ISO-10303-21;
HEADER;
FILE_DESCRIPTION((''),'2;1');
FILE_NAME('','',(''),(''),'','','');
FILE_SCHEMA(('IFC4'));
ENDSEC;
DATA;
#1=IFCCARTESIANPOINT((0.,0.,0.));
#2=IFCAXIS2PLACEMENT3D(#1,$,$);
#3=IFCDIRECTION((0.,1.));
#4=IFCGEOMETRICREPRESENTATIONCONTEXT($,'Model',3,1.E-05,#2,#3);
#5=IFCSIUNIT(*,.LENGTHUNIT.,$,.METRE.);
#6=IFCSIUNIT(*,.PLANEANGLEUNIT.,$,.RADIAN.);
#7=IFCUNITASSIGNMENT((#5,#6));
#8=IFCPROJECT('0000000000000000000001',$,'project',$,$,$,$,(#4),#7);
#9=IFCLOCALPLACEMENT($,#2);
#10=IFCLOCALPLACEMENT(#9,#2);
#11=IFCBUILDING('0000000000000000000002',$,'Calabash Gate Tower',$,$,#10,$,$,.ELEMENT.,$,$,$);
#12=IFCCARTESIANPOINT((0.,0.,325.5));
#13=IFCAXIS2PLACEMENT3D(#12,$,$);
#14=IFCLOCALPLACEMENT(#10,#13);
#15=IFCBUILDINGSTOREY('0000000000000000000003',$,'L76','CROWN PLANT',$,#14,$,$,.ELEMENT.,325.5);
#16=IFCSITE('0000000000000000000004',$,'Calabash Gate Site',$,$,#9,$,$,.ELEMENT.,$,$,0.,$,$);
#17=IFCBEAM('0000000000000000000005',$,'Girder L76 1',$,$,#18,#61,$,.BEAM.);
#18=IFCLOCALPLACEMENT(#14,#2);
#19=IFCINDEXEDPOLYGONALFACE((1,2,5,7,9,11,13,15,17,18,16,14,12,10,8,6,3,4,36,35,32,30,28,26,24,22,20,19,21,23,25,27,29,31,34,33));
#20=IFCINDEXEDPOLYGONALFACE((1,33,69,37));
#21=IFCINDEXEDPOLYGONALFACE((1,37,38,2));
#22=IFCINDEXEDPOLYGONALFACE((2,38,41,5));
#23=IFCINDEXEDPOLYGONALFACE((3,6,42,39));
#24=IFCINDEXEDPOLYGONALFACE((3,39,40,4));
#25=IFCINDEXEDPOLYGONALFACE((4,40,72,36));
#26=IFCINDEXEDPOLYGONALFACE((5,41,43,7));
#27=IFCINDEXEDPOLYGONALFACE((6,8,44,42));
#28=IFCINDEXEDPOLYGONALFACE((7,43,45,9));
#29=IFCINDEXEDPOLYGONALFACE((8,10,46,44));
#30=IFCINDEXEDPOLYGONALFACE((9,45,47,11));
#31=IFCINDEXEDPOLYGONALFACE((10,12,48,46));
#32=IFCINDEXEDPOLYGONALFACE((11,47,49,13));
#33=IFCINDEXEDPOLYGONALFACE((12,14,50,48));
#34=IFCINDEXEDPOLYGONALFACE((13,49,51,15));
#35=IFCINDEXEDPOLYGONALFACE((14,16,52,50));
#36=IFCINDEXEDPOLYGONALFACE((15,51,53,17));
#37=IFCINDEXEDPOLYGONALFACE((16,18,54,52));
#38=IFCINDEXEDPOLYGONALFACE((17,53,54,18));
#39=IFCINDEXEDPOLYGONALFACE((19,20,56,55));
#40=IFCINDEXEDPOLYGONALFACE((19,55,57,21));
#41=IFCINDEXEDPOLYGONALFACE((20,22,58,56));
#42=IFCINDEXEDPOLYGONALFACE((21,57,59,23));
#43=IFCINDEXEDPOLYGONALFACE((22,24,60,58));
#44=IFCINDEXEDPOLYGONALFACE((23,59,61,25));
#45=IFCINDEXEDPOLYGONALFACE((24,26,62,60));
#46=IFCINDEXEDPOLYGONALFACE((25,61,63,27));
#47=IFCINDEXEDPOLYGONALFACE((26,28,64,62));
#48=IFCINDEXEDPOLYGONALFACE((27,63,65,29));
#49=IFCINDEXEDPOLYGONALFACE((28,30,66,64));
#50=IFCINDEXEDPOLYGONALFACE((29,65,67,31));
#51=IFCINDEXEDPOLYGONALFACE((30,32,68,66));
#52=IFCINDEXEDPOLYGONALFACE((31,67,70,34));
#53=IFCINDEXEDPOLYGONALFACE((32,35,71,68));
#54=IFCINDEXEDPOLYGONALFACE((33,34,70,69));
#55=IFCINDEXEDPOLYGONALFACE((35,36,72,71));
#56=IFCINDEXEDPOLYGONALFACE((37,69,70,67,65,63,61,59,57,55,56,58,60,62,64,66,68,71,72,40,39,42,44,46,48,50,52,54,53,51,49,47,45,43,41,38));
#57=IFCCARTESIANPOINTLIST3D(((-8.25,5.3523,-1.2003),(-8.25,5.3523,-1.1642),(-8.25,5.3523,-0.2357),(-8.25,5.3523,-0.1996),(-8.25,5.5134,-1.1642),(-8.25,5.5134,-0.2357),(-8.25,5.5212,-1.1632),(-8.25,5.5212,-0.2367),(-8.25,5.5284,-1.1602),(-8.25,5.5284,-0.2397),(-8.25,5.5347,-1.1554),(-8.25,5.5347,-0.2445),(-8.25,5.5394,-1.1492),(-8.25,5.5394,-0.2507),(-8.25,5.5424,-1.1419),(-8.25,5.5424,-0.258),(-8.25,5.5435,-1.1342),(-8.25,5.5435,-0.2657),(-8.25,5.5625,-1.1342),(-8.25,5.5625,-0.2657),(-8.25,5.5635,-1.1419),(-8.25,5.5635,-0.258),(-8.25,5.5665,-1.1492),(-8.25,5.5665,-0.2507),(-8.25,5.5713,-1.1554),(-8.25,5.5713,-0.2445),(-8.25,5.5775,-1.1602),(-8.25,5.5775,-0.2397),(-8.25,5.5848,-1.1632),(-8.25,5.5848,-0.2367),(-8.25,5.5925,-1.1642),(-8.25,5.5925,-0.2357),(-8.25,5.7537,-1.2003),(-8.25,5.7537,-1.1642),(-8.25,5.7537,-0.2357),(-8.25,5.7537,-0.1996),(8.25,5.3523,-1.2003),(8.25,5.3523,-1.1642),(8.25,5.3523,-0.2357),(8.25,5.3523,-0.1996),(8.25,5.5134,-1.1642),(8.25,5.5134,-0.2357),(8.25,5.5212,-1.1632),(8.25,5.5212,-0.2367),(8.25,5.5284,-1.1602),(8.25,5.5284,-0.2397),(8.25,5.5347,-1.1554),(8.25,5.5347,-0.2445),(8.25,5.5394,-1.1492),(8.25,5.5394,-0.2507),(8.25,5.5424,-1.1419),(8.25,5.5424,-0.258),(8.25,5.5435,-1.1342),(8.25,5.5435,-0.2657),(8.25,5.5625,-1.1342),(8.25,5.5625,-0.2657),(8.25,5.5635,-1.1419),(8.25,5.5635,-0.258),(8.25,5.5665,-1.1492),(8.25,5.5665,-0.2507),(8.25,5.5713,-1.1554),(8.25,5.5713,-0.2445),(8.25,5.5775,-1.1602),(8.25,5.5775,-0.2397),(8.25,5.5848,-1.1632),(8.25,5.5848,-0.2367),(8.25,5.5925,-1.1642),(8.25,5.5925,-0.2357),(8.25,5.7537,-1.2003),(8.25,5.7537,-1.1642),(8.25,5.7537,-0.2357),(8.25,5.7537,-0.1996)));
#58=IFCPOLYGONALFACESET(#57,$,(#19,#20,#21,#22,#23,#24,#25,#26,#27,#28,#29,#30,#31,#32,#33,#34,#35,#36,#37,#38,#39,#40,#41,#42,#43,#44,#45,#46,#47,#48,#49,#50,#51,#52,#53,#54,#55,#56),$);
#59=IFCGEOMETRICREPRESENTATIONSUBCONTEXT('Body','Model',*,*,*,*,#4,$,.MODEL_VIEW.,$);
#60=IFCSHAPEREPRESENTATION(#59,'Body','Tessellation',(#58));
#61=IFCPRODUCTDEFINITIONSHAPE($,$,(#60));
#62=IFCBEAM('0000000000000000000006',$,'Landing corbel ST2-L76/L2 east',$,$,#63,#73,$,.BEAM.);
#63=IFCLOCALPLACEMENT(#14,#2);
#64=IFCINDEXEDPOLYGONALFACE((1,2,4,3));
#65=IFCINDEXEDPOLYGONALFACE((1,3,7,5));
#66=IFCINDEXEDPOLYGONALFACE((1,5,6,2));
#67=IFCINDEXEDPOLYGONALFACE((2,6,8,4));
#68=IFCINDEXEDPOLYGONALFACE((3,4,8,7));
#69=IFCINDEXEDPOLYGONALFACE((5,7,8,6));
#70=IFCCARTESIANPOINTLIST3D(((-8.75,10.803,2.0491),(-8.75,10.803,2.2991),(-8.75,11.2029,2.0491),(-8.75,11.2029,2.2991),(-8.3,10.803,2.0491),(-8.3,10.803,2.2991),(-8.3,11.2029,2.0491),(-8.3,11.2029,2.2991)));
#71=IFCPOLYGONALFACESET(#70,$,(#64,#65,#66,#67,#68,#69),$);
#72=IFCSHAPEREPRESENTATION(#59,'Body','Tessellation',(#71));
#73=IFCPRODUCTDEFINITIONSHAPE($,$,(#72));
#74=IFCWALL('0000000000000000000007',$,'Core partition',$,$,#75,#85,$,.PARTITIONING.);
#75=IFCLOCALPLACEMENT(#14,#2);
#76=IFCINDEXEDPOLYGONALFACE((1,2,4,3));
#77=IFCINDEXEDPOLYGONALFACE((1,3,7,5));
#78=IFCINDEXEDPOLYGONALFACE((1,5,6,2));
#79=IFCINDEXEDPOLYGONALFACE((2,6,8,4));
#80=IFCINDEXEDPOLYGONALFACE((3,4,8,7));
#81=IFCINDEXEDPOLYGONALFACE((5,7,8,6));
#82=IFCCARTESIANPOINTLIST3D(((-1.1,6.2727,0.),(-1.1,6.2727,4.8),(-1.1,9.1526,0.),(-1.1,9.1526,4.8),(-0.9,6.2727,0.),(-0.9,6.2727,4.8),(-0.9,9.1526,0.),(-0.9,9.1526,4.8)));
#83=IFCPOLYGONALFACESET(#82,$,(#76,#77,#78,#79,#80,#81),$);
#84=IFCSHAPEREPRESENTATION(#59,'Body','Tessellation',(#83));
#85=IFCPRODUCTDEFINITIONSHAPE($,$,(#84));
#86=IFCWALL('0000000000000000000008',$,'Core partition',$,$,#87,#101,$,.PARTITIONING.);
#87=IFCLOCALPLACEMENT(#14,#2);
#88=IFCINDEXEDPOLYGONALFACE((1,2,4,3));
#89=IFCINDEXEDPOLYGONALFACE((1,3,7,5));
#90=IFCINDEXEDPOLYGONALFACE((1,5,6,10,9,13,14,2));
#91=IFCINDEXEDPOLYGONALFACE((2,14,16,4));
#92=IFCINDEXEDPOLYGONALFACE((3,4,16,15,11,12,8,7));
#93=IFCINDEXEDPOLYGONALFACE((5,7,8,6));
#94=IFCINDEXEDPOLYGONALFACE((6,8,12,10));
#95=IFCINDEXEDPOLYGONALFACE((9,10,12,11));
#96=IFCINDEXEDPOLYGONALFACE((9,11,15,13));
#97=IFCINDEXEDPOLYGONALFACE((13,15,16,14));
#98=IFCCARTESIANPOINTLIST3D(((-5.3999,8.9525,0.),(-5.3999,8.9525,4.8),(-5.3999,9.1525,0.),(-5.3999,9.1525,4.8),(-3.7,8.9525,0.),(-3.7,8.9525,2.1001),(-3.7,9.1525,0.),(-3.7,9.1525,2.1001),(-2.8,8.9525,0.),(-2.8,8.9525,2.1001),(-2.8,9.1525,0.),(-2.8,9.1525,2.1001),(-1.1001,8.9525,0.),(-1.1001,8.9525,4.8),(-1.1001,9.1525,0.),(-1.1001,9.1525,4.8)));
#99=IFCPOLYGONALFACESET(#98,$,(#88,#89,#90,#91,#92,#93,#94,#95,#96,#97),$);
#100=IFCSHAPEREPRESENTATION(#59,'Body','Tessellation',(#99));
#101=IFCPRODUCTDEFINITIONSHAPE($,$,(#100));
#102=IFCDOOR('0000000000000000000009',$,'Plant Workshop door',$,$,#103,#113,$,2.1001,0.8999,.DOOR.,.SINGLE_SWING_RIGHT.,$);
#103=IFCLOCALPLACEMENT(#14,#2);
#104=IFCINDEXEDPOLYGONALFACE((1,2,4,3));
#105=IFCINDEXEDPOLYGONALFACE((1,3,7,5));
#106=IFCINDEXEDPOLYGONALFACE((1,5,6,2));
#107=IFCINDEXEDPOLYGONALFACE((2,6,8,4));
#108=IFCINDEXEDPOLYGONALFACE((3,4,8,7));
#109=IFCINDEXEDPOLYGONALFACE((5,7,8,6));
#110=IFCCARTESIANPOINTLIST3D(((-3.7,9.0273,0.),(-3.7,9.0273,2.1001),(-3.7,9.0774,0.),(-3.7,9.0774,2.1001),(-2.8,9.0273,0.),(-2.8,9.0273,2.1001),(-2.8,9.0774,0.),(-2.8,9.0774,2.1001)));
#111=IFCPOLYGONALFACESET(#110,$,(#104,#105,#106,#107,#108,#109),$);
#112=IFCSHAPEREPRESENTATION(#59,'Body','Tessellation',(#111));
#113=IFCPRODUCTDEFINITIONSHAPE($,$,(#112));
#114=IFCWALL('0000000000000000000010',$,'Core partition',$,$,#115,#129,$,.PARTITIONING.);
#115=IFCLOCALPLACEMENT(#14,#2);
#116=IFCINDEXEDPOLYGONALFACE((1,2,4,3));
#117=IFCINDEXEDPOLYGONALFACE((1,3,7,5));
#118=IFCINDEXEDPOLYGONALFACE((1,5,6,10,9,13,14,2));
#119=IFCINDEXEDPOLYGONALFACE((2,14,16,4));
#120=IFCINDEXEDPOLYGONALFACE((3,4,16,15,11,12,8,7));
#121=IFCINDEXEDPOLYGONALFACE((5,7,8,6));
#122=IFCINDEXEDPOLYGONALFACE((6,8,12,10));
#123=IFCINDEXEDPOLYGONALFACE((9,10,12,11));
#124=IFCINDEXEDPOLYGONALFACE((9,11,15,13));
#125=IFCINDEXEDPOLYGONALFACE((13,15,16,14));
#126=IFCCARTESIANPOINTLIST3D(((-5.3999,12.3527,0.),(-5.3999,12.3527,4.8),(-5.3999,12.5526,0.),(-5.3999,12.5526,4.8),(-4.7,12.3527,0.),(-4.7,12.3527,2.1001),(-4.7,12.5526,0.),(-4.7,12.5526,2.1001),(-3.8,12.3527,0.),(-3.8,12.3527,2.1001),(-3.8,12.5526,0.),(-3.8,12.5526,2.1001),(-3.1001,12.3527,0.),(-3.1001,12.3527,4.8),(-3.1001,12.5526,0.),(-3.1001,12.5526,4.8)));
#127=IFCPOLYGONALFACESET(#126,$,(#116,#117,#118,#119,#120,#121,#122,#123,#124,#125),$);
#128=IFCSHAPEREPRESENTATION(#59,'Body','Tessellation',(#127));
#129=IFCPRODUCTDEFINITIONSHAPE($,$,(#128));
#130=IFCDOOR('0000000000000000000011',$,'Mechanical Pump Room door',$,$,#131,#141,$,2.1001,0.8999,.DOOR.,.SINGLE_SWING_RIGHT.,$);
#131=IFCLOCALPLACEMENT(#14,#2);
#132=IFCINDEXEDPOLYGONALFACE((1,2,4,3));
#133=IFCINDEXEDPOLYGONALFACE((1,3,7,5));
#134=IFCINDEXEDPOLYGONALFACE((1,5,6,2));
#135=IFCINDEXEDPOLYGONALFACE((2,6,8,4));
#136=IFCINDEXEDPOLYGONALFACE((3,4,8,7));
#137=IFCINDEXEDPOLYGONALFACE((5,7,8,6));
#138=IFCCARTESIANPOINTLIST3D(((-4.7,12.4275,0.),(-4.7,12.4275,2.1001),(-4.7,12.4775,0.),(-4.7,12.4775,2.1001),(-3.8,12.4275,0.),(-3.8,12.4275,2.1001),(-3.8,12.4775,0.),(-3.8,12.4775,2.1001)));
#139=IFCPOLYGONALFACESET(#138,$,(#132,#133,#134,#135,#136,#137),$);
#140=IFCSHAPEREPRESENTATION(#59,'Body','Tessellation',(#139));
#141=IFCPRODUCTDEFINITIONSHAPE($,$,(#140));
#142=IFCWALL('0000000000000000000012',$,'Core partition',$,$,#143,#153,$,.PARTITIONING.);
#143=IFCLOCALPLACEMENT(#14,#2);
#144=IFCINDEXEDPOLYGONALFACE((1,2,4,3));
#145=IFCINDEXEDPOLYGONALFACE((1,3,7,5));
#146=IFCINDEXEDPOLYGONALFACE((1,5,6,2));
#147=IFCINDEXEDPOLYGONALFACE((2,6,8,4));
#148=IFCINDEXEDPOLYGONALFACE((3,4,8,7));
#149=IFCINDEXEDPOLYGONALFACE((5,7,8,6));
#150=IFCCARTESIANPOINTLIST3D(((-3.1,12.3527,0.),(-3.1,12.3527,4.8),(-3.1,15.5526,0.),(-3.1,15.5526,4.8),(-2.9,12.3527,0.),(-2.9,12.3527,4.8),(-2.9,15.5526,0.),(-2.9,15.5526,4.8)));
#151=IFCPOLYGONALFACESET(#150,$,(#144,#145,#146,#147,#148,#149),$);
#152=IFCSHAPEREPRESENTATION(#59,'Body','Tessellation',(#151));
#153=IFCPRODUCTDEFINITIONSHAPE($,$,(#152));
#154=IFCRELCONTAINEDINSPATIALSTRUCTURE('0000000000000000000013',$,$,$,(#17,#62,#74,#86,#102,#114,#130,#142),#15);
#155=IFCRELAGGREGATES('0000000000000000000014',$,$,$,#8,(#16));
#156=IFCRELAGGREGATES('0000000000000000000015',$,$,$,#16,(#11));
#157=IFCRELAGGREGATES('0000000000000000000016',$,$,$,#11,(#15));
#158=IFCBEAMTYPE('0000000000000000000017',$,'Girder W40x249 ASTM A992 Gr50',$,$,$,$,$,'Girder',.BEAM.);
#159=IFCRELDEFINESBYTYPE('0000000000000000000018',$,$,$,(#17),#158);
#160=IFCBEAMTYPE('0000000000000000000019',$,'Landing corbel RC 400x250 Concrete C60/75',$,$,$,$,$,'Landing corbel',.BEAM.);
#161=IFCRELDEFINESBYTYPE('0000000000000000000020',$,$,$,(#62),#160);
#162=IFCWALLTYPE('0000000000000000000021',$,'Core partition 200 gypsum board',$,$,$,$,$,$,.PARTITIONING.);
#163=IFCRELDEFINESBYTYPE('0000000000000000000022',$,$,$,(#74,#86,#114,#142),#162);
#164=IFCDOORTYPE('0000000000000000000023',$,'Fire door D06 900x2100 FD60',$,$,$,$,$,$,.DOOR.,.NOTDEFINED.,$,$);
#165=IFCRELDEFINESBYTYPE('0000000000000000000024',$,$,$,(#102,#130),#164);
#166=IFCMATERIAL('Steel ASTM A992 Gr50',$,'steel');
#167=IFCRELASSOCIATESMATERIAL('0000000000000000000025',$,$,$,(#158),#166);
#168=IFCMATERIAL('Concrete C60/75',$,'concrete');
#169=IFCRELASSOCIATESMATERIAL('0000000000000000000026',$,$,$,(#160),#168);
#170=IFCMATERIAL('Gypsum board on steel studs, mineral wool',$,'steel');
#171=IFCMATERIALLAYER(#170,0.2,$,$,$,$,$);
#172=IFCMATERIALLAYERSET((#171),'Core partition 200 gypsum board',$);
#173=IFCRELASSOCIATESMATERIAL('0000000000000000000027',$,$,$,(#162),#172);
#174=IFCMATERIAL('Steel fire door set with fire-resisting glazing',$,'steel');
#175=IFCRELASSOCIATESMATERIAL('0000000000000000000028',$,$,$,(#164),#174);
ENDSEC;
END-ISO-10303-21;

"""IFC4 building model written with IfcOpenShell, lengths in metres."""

from ifc_helpers import new_model, si_unit, direction, frame, frame_2d, origin, origin_2d, place, context, subcontext, project, spatial, rectangle, i_section, extrude, material, layer, layer_set, material_profile, profile_set, type_object, element, fill, save


model = new_model("IFC4")

# Units and contexts
model_context = context("Model", 3, precision=1e-05, world=origin(), true_north=direction((0.0, 1.0)))
body_context = subcontext(model_context, "Body", "Model", "MODEL_VIEW")
ifc_project = project(units=[si_unit("LENGTHUNIT", "METRE"), si_unit("PLANEANGLEUNIT", "RADIAN")], contexts=[model_context])

# Site, building, storey
site_placement = place(None, origin())
site = spatial("IfcSite", under=ifc_project, at=site_placement, Name="Calabash Gate Site", CompositionType="ELEMENT", RefElevation=0.0)
building_placement = place(site_placement, origin())
building = spatial("IfcBuilding", under=site, at=building_placement, Name="Calabash Gate Tower", CompositionType="ELEMENT")
storey_placement = place(building_placement, frame((0.0, 0.0, 325.5)))
storey = spatial("IfcBuildingStorey", under=building, at=storey_placement, Name="L76", Description="CROWN PLANT", CompositionType="ELEMENT", Elevation=325.5)

# Beams
ifc_material_1 = material(Name="Steel ASTM A992 Gr50", Category="steel")
ifc_material_profile_1 = material_profile(ifc_material_1, i_section(OverallWidth=0.4014, OverallDepth=1.0007, WebThickness=0.019, FlangeThickness=0.0361, FilletRadius=0.03, at=origin_2d()))
ifc_profile_set_1 = profile_set([ifc_material_profile_1], Name="Steel ASTM A992 Gr50")
beam_type_1 = type_object("IfcBeamType", Name="Girder W40x249 ASTM A992 Gr50", ElementType="Girder", PredefinedType="BEAM", material=ifc_profile_set_1)
beam_1_placement = place(storey_placement, frame((-8.25, 5.553, -0.7), z_axis=(1.0, 0.0, 0.0), x_axis=(0.0, 1.0, 0.0)))
element("IfcBeam", 1, at=beam_1_placement, inside=storey, type_object=beam_type_1, Name="Girder L76 1", PredefinedType="BEAM", context=body_context, shape_type="SweptSolid", body=[
    extrude(i_section(OverallWidth=0.4014, OverallDepth=1.0007, WebThickness=0.019, FlangeThickness=0.0361, FilletRadius=0.03, at=origin_2d()), origin(), (0.0, 0.0, 1.0), 16.5),
])
ifc_material_2 = material(Name="Concrete C60/75", Category="concrete")
ifc_material_profile_2 = material_profile(ifc_material_2, rectangle(XDim=0.3999, YDim=0.25, at=origin_2d()))
ifc_profile_set_2 = profile_set([ifc_material_profile_2], Name="Concrete C60/75")
beam_type_2 = type_object("IfcBeamType", Name="Landing corbel RC 400x250 Concrete C60/75", ElementType="Landing corbel", PredefinedType="BEAM", material=ifc_profile_set_2)
beam_2_placement = place(storey_placement, frame((-8.3, 11.0029, 2.1741), z_axis=(-1.0, 0.0, 0.0), x_axis=(0.0, -1.0, 0.0)))
element("IfcBeam", 2, at=beam_2_placement, inside=storey, type_object=beam_type_2, Name="Landing corbel ST2-L76/L2 east", PredefinedType="BEAM", context=body_context, shape_type="SweptSolid", body=[
    extrude(rectangle(XDim=0.3999, YDim=0.25, at=origin_2d()), origin(), (0.0, 0.0, 1.0), 0.45),
])

# Wall
ifc_material_3 = material(Name="Gypsum board on steel studs, mineral wool", Category="steel")
ifc_layer_1 = layer(ifc_material_3, 0.2)
ifc_layer_set_1 = layer_set([ifc_layer_1], Name="Core partition 200 gypsum board")
wall_type_1 = type_object("IfcWallType", Name="Core partition 200 gypsum board", PredefinedType="PARTITIONING", material=ifc_layer_set_1)
wall_1_placement = place(storey_placement, frame((-1.0, 6.2727, 0.0), z_axis=(0.0, 0.0, 1.0), x_axis=(0.0, 1.0, 0.0)))
element("IfcWall", 3, at=wall_1_placement, inside=storey, type_object=wall_type_1, Name="Core partition", PredefinedType="PARTITIONING", context=body_context, shape_type="SweptSolid", body=[
    extrude(rectangle(XDim=2.8799, YDim=0.2, at=frame_2d((1.4399, 0.0))), origin(), (0.0, 0.0, 1.0), 4.8),
])

# Walls, openings, doors
wall_2_placement = place(storey_placement, frame((-5.3999, 9.0525, 0.0), z_axis=(0.0, 0.0, 1.0), x_axis=(1.0, 0.0, 0.0)))
wall_2 = element("IfcWall", 4, at=wall_2_placement, inside=storey, type_object=wall_type_1, Name="Core partition", PredefinedType="PARTITIONING", context=body_context, shape_type="SweptSolid", body=[
    extrude(rectangle(XDim=4.2998, YDim=0.2, at=frame_2d((2.1499, 0.0))), origin(), (0.0, 0.0, 1.0), 4.8),
])
opening_1_placement = place(wall_2_placement, frame((1.7, 0.0, 0.0)))
opening_1 = element("IfcOpeningElement", 5, at=opening_1_placement, cuts=wall_2, PredefinedType="OPENING", context=body_context, shape_type="SweptSolid", body=[
    extrude(rectangle(XDim=0.8999, YDim=2.1001, at=frame_2d((0.45, 1.05))), frame((0.0, 0.1099, 0.0), z_axis=(0.0, -1.0, 0.0), x_axis=(1.0, 0.0, 0.0)), (0.0, 0.0, 1.0), 0.22),
])
ifc_material_4 = material(Name="Steel fire door set with fire-resisting glazing", Category="steel")
door_type_1 = type_object("IfcDoorType", Name="Fire door D06 900x2100 FD60", OperationType="NOTDEFINED", PredefinedType="DOOR", material=ifc_material_4)
door_1_placement = place(opening_1_placement, origin())
door_1 = element("IfcDoor", 6, at=door_1_placement, inside=storey, type_object=door_type_1, Name="Plant Workshop door", OperationType="SINGLE_SWING_RIGHT", OverallHeight=2.1001, OverallWidth=0.8999, PredefinedType="DOOR", context=body_context, shape_type="SweptSolid", body=[
    extrude(rectangle(XDim=0.8999, YDim=2.1001, at=frame_2d((0.45, 1.05))), frame((0.0, 0.0249, 0.0), z_axis=(0.0, -1.0, 0.0), x_axis=(1.0, 0.0, 0.0)), (0.0, 0.0, 1.0), 0.05),
])
fill(opening_1, door_1)
wall_3_placement = place(storey_placement, frame((-5.3999, 12.4526, 0.0), z_axis=(0.0, 0.0, 1.0), x_axis=(1.0, 0.0, 0.0)))
wall_3 = element("IfcWall", 7, at=wall_3_placement, inside=storey, type_object=wall_type_1, Name="Core partition", PredefinedType="PARTITIONING", context=body_context, shape_type="SweptSolid", body=[
    extrude(rectangle(XDim=2.2998, YDim=0.2, at=frame_2d((1.1499, 0.0))), origin(), (0.0, 0.0, 1.0), 4.8),
])
opening_2_placement = place(wall_3_placement, frame((0.7, 0.0, 0.0)))
opening_2 = element("IfcOpeningElement", 8, at=opening_2_placement, cuts=wall_3, PredefinedType="OPENING", context=body_context, shape_type="SweptSolid", body=[
    extrude(rectangle(XDim=0.8999, YDim=2.1001, at=frame_2d((0.45, 1.05))), frame((0.0, 0.1099, 0.0), z_axis=(0.0, -1.0, 0.0), x_axis=(1.0, 0.0, 0.0)), (0.0, 0.0, 1.0), 0.22),
])
door_2_placement = place(opening_2_placement, origin())
door_2 = element("IfcDoor", 9, at=door_2_placement, inside=storey, type_object=door_type_1, Name="Mechanical Pump Room door", OperationType="SINGLE_SWING_RIGHT", OverallHeight=2.1001, OverallWidth=0.8999, PredefinedType="DOOR", context=body_context, shape_type="SweptSolid", body=[
    extrude(rectangle(XDim=0.8999, YDim=2.1001, at=frame_2d((0.45, 1.05))), frame((0.0, 0.0249, 0.0), z_axis=(0.0, -1.0, 0.0), x_axis=(1.0, 0.0, 0.0)), (0.0, 0.0, 1.0), 0.05),
])
fill(opening_2, door_2)

# Wall
wall_4_placement = place(storey_placement, frame((-3.0, 12.3525, 0.0), z_axis=(0.0, 0.0, 1.0), x_axis=(0.0, 1.0, 0.0)))
element("IfcWall", 10, at=wall_4_placement, inside=storey, type_object=wall_type_1, Name="Core partition", PredefinedType="PARTITIONING", context=body_context, shape_type="SweptSolid", body=[
    extrude(rectangle(XDim=3.2, YDim=0.2, at=frame_2d((1.6001, 0.0))), origin(), (0.0, 0.0, 1.0), 4.8),
])

save(model, "model.ifc")
